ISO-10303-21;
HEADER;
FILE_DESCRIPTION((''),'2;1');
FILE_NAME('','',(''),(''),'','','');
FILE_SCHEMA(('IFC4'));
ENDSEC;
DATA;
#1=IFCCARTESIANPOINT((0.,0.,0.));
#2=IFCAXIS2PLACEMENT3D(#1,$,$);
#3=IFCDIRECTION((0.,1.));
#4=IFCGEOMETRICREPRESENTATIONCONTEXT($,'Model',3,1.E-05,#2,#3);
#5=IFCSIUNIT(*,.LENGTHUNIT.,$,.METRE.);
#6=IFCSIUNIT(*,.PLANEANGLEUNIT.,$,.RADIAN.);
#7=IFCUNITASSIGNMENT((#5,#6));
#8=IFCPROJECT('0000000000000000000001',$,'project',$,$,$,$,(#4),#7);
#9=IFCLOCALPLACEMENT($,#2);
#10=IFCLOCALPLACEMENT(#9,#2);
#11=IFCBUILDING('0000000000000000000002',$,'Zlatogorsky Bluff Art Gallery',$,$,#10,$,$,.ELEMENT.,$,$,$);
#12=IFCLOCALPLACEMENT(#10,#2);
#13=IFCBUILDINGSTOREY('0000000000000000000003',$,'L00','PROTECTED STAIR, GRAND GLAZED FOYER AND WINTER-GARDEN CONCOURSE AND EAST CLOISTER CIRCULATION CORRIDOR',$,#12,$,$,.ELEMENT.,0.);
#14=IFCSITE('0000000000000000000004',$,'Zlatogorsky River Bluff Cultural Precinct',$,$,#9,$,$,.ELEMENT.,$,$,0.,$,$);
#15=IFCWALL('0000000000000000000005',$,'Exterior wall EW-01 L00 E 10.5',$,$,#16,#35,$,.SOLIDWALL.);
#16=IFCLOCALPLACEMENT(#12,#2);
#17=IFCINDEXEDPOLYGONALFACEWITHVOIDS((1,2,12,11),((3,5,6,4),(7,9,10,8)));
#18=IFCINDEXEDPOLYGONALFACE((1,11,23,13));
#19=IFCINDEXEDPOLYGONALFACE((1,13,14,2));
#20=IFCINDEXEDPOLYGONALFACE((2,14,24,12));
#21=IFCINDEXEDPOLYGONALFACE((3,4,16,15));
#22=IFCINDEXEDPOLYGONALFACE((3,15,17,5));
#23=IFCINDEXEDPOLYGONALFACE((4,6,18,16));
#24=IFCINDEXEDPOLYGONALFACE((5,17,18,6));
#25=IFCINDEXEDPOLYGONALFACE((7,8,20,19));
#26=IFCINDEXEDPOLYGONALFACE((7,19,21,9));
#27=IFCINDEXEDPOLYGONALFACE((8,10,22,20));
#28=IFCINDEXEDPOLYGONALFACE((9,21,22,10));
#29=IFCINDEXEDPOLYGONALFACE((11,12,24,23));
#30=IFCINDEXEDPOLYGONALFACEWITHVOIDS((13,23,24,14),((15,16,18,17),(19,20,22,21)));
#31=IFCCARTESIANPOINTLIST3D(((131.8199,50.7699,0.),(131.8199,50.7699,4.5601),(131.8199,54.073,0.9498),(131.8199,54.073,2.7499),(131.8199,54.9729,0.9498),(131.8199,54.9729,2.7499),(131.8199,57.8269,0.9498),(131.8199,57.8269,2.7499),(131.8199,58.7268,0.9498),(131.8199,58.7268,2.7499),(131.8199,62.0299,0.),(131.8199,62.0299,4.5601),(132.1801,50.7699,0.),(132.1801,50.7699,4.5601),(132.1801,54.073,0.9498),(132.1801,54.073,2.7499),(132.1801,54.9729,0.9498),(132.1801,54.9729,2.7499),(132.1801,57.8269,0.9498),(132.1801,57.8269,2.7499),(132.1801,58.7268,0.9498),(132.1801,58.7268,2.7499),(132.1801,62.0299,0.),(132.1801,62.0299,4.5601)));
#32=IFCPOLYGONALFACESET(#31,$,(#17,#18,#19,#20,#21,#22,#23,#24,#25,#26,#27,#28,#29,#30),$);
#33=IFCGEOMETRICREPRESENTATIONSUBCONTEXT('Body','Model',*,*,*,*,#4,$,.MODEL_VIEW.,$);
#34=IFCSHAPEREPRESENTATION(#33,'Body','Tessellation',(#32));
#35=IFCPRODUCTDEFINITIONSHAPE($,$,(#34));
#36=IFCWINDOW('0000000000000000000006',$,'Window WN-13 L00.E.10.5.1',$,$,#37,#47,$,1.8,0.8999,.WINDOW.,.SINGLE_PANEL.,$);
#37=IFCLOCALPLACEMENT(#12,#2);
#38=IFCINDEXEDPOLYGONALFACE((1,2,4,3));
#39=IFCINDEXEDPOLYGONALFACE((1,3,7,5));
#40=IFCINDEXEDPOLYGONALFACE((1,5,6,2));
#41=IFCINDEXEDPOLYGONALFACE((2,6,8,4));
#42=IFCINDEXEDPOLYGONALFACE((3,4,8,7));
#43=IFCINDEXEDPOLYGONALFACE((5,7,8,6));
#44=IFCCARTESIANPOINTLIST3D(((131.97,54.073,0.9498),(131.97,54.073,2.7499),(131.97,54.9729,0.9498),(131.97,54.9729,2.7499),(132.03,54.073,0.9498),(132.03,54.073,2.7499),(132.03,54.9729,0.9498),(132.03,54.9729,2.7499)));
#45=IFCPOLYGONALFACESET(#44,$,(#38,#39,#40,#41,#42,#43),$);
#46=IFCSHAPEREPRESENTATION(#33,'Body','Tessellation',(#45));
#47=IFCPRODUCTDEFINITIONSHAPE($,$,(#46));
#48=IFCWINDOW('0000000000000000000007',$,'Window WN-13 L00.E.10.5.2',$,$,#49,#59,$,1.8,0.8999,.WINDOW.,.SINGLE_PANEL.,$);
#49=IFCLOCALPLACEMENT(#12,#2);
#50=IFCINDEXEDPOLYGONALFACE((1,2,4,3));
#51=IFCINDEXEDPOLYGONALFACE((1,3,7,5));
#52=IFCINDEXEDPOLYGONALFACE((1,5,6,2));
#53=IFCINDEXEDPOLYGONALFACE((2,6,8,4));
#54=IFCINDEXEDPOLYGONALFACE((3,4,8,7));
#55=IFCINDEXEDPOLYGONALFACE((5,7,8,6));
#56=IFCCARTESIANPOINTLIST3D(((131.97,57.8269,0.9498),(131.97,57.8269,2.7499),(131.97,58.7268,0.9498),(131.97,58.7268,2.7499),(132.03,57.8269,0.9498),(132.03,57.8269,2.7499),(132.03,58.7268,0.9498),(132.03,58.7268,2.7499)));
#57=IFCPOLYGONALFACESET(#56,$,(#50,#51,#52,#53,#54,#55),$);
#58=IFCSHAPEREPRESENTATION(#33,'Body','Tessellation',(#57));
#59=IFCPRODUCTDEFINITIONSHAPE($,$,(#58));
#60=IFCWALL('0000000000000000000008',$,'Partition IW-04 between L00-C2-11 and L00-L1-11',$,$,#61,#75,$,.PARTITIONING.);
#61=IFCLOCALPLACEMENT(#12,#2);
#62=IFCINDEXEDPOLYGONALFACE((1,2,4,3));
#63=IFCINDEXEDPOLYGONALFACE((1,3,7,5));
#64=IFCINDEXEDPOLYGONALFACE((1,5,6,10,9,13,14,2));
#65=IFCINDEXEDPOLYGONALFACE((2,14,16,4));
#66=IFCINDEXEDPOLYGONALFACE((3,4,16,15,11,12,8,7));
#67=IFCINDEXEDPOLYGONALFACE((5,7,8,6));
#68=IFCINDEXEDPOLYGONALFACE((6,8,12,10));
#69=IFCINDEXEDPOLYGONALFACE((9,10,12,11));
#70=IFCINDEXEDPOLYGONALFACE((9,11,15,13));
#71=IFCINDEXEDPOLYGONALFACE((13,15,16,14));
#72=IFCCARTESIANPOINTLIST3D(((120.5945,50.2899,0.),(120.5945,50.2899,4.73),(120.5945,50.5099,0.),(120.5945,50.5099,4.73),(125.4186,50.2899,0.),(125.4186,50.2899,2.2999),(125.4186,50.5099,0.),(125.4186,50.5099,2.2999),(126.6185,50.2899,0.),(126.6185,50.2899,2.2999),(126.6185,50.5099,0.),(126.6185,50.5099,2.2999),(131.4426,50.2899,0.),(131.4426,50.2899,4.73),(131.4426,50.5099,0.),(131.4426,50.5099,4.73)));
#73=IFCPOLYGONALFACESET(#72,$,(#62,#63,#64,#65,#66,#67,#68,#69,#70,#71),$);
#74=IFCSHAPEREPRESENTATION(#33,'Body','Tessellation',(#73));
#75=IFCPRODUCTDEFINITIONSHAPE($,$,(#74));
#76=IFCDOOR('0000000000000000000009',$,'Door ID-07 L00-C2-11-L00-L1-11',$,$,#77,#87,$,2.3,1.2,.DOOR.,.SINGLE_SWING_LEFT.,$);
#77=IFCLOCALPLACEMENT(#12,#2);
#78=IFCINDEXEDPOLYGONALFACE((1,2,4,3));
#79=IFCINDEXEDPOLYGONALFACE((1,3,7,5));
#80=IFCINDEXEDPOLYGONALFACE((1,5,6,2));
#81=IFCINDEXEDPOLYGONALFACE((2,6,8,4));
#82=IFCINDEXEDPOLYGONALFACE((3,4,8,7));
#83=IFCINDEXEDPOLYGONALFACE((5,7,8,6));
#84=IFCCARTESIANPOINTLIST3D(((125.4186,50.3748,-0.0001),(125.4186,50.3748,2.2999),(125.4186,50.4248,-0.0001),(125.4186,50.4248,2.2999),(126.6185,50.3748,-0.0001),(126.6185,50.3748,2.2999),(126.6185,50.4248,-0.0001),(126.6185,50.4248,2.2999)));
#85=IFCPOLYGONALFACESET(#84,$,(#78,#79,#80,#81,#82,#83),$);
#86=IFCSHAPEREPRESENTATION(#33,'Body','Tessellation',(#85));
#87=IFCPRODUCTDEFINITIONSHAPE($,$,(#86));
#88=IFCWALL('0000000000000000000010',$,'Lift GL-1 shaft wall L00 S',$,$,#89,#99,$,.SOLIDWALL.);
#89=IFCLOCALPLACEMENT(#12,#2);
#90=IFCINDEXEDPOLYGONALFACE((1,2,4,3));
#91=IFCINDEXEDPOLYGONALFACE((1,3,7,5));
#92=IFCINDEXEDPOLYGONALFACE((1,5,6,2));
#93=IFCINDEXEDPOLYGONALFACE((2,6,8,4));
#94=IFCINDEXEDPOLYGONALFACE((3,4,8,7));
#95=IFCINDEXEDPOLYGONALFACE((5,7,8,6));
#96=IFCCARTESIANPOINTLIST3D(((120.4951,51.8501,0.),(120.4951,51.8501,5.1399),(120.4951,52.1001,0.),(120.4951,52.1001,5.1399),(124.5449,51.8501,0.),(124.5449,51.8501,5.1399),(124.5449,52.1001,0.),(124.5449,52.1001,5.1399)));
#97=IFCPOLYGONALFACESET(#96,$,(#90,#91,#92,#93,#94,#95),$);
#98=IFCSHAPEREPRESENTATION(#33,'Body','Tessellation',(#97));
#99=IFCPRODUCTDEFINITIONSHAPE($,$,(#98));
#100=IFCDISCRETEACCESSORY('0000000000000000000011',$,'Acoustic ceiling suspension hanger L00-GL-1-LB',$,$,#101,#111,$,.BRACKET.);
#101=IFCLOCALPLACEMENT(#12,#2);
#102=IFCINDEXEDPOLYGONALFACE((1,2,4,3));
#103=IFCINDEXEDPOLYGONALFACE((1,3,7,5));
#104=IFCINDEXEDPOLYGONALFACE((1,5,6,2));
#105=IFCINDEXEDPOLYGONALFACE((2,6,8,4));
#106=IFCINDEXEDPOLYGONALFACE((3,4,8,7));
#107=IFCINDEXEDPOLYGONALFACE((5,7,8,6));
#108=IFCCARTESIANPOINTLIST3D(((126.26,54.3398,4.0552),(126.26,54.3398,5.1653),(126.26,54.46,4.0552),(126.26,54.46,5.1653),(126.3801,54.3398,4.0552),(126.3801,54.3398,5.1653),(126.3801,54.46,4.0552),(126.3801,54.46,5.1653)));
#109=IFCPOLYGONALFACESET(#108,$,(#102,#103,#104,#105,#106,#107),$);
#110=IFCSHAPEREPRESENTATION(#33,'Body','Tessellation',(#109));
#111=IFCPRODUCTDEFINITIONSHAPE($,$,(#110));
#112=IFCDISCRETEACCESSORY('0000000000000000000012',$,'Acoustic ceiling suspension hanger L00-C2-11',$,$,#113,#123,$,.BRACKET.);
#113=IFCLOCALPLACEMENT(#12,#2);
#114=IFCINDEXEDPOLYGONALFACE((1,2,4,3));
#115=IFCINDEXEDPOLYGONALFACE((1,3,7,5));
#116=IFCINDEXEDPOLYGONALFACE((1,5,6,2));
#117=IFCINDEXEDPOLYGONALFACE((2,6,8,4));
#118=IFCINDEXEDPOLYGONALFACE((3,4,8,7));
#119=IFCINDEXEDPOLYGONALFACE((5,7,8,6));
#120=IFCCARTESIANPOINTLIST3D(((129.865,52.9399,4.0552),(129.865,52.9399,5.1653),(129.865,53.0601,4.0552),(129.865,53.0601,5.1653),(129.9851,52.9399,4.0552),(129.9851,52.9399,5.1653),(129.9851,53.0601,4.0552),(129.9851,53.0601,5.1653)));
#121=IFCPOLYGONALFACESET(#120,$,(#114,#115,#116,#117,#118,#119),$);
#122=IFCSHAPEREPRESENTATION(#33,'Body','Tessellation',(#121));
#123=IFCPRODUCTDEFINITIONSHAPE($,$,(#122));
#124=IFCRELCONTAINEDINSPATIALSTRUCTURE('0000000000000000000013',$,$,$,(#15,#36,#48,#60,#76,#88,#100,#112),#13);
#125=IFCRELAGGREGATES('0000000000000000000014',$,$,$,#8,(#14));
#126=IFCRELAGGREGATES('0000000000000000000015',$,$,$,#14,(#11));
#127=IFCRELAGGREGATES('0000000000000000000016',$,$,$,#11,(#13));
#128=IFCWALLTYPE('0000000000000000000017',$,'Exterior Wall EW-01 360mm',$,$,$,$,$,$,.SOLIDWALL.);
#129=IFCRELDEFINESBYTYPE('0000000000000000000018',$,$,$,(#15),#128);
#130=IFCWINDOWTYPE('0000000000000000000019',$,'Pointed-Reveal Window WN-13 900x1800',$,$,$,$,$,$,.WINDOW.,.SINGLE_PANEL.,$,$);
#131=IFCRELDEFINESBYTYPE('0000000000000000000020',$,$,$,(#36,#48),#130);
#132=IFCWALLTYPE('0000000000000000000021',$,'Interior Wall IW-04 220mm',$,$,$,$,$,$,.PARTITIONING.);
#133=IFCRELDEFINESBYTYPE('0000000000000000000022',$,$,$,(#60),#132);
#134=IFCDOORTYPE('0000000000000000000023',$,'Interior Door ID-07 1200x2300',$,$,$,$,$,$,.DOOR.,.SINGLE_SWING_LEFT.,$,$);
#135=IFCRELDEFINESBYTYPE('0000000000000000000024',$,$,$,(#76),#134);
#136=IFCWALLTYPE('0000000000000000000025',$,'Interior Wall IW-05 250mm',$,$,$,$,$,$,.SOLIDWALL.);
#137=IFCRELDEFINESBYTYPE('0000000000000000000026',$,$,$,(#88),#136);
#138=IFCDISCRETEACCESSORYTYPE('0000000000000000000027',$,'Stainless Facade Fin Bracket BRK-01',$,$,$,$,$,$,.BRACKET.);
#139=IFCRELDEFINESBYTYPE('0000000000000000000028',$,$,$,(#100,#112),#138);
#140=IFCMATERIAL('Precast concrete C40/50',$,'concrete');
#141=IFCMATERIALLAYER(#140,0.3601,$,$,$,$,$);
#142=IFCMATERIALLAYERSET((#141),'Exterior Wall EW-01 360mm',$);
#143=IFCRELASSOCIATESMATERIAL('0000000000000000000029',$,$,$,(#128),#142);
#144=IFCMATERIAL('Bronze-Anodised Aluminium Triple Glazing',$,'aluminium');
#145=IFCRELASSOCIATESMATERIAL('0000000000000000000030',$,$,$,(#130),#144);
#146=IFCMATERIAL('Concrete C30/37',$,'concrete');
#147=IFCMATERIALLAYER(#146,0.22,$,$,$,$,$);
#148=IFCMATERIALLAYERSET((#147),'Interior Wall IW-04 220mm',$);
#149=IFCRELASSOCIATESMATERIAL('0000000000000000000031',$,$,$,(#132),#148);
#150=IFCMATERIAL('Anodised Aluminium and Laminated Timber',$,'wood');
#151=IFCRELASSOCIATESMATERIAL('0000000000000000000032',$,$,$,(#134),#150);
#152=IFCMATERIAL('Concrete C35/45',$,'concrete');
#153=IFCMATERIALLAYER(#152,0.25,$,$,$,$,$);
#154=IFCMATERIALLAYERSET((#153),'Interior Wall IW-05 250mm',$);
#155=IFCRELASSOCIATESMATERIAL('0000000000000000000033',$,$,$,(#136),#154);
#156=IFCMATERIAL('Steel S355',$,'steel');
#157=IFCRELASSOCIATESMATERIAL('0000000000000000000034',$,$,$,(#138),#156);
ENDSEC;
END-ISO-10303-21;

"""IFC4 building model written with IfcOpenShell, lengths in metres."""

from ifc_helpers import new_model, si_unit, direction, frame, frame_2d, origin, origin_2d, place, context, subcontext, project, spatial, rectangle, extrude, material, layer, layer_set, type_object, element, fill, save


model = new_model("IFC4")

# Units and contexts
model_context = context("Model", 3, precision=1e-05, world=origin(), true_north=direction((0.0, 1.0)))
body_context = subcontext(model_context, "Body", "Model", "MODEL_VIEW")
ifc_project = project(units=[si_unit("LENGTHUNIT", "METRE"), si_unit("PLANEANGLEUNIT", "RADIAN")], contexts=[model_context])

# Site, building, storey
site_placement = place(None, origin())
site = spatial("IfcSite", under=ifc_project, at=site_placement, Name="Zlatogorsky River Bluff Cultural Precinct", CompositionType="ELEMENT", RefElevation=0.0)
building_placement = place(site_placement, origin())
building = spatial("IfcBuilding", under=site, at=building_placement, Name="Zlatogorsky Bluff Art Gallery", CompositionType="ELEMENT")
storey_placement = place(building_placement, origin())
storey = spatial("IfcBuildingStorey", under=building, at=storey_placement, Name="L00", Description="PROTECTED STAIR, GRAND GLAZED FOYER AND WINTER-GARDEN CONCOURSE AND EAST CLOISTER CIRCULATION CORRIDOR", CompositionType="ELEMENT", Elevation=0.0)

# Shared definitions
ifc_material_1 = material(Name="Concrete C35/45", Category="concrete")

# Shared definitions
ifc_material_2 = material(Name="Steel S355", Category="steel")

# Wall, openings, windows
ifc_material_3 = material(Name="Precast concrete C40/50", Category="concrete")
ifc_layer_1 = layer(ifc_material_3, 0.3601)
ifc_layer_set_1 = layer_set([ifc_layer_1], Name="Exterior Wall EW-01 360mm")
wall_type_1 = type_object("IfcWallType", Name="Exterior Wall EW-01 360mm", PredefinedType="SOLIDWALL", material=ifc_layer_set_1)
wall_1_placement = place(storey_placement, frame((132.0, 50.77, 0.0), z_axis=(0.0, 0.0, 1.0), x_axis=(0.0, 1.0, 0.0)))
wall_1 = element("IfcWall", 1, at=wall_1_placement, inside=storey, type_object=wall_type_1, Name="Exterior wall EW-01 L00 E 10.5", PredefinedType="SOLIDWALL", context=body_context, shape_type="SweptSolid", body=[
    extrude(rectangle(XDim=11.26, YDim=0.3601, at=frame_2d((5.6299, 0.0))), origin(), (0.0, 0.0, 1.0), 4.5601),
])
opening_1_placement = place(wall_1_placement, frame((3.303, 0.0, 0.95)))
opening_1 = element("IfcOpeningElement", 2, at=opening_1_placement, cuts=wall_1, PredefinedType="OPENING", context=body_context, shape_type="SweptSolid", body=[
    extrude(rectangle(XDim=0.8999, YDim=1.8, at=frame_2d((0.45, 0.8999))), frame((0.0, 0.1899, 0.0), z_axis=(0.0, -1.0, 0.0), x_axis=(1.0, 0.0, 0.0)), (0.0, 0.0, 1.0), 0.3801),
])
opening_2_placement = place(wall_1_placement, frame((7.0569, 0.0, 0.95)))
opening_2 = element("IfcOpeningElement", 3, at=opening_2_placement, cuts=wall_1, PredefinedType="OPENING", context=body_context, shape_type="SweptSolid", body=[
    extrude(rectangle(XDim=0.8999, YDim=1.8, at=frame_2d((0.45, 0.8999))), frame((0.0, 0.1899, 0.0), z_axis=(0.0, -1.0, 0.0), x_axis=(1.0, 0.0, 0.0)), (0.0, 0.0, 1.0), 0.3801),
])
ifc_material_4 = material(Name="Bronze-Anodised Aluminium Triple Glazing", Category="aluminium")
window_type = type_object("IfcWindowType", Name="Pointed-Reveal Window WN-13 900x1800", PartitioningType="SINGLE_PANEL", PredefinedType="WINDOW", material=ifc_material_4)
window_1_placement = place(opening_1_placement, origin())
window_1 = element("IfcWindow", 4, at=window_1_placement, inside=storey, type_object=window_type, Name="Window WN-13 L00.E.10.5.1", OverallHeight=1.8, OverallWidth=0.8999, PartitioningType="SINGLE_PANEL", PredefinedType="WINDOW", context=body_context, shape_type="SweptSolid", body=[
    extrude(rectangle(XDim=0.8999, YDim=1.8, at=frame_2d((0.45, 0.8999))), frame((0.0, 0.03, 0.0), z_axis=(0.0, -1.0, 0.0), x_axis=(1.0, 0.0, 0.0)), (0.0, 0.0, 1.0), 0.0601),
])
fill(opening_1, window_1)
window_2_placement = place(opening_2_placement, origin())
window_2 = element("IfcWindow", 5, at=window_2_placement, inside=storey, type_object=window_type, Name="Window WN-13 L00.E.10.5.2", OverallHeight=1.8, OverallWidth=0.8999, PartitioningType="SINGLE_PANEL", PredefinedType="WINDOW", context=body_context, shape_type="SweptSolid", body=[
    extrude(rectangle(XDim=0.8999, YDim=1.8, at=frame_2d((0.45, 0.8999))), frame((0.0, 0.03, 0.0), z_axis=(0.0, -1.0, 0.0), x_axis=(1.0, 0.0, 0.0)), (0.0, 0.0, 1.0), 0.0601),
])
fill(opening_2, window_2)

# Wall, opening, door
ifc_material_5 = material(Name="Concrete C30/37", Category="concrete")
ifc_layer_2 = layer(ifc_material_5, 0.22)
ifc_layer_set_2 = layer_set([ifc_layer_2], Name="Interior Wall IW-04 220mm")
wall_type_2 = type_object("IfcWallType", Name="Interior Wall IW-04 220mm", PredefinedType="PARTITIONING", material=ifc_layer_set_2)
wall_2_placement = place(storey_placement, frame((120.5945, 50.3999, 0.0), z_axis=(0.0, 0.0, 1.0), x_axis=(1.0, 0.0, 0.0)))
wall_2 = element("IfcWall", 6, at=wall_2_placement, inside=storey, type_object=wall_type_2, Name="Partition IW-04 between L00-C2-11 and L00-L1-11", PredefinedType="PARTITIONING", context=body_context, shape_type="SweptSolid", body=[
    extrude(rectangle(XDim=10.8481, YDim=0.22, at=frame_2d((5.4241, 0.0))), origin(), (0.0, 0.0, 1.0), 4.73),
])
opening_3_placement = place(wall_2_placement, frame((4.824, 0.0, 0.0)))
opening_3 = element("IfcOpeningElement", 7, at=opening_3_placement, cuts=wall_2, PredefinedType="OPENING", context=body_context, shape_type="SweptSolid", body=[
    extrude(rectangle(XDim=1.2, YDim=2.3, at=frame_2d((0.6001, 1.1499))), frame((0.0, 0.1199, 0.0), z_axis=(0.0, -1.0, 0.0), x_axis=(1.0, 0.0, 0.0)), (0.0, 0.0, 1.0), 0.24),
])
ifc_material_6 = material(Name="Anodised Aluminium and Laminated Timber", Category="wood")
door_type_1 = type_object("IfcDoorType", Name="Interior Door ID-07 1200x2300", OperationType="SINGLE_SWING_LEFT", PredefinedType="DOOR", material=ifc_material_6)
door_1_placement = place(opening_3_placement, origin())
door_1 = element("IfcDoor", 8, at=door_1_placement, inside=storey, type_object=door_type_1, Name="Door ID-07 L00-C2-11-L00-L1-11", OperationType="SINGLE_SWING_LEFT", OverallHeight=2.3, OverallWidth=1.2, PredefinedType="DOOR", context=body_context, shape_type="SweptSolid", body=[
    extrude(rectangle(XDim=1.2, YDim=2.3, at=frame_2d((0.6001, 1.1499))), frame((0.0, 0.0249, 0.0), z_axis=(0.0, -1.0, 0.0), x_axis=(1.0, 0.0, 0.0)), (0.0, 0.0, 1.0), 0.05),
])
fill(opening_3, door_1)

# Wall
ifc_layer_3 = layer(ifc_material_1, 0.25)
ifc_layer_set_3 = layer_set([ifc_layer_3], Name="Interior Wall IW-05 250mm")
wall_type_3 = type_object("IfcWallType", Name="Interior Wall IW-05 250mm", PredefinedType="SOLIDWALL", material=ifc_layer_set_3)
wall_3_placement = place(storey_placement, frame((120.4951, 51.9751, 0.0), z_axis=(0.0, 0.0, 1.0), x_axis=(1.0, 0.0, 0.0)))
element("IfcWall", 9, at=wall_3_placement, inside=storey, type_object=wall_type_3, Name="Lift GL-1 shaft wall L00 S", PredefinedType="SOLIDWALL", context=body_context, shape_type="SweptSolid", body=[
    extrude(rectangle(XDim=4.0498, YDim=0.25, at=frame_2d((2.0249, 0.0))), origin(), (0.0, 0.0, 1.0), 5.1399),
])

# Discrete accessories
discrete_accessory_type = type_object("IfcDiscreteAccessoryType", Name="Stainless Facade Fin Bracket BRK-01", PredefinedType="BRACKET", material=ifc_material_2)
for number, where, z_axis, x_axis, name in (
    (10, (126.3201, 54.3999, 4.0552), (0.0, 0.0, 1.0), (1.0, 0.0, 0.0), "Acoustic ceiling suspension hanger L00-GL-1-LB"),
    (11, (129.925, 53.0, 4.0552), (0.0, 0.0, 1.0), (1.0, 0.0, 0.0), "Acoustic ceiling suspension hanger L00-C2-11"),
):
    element("IfcDiscreteAccessory", number, at=place(storey_placement, frame(where, z_axis=z_axis, x_axis=x_axis)), inside=storey, type_object=discrete_accessory_type, Name=name, PredefinedType="BRACKET", context=body_context, shape_type="SweptSolid", body=[
        extrude(rectangle(XDim=0.1201, YDim=0.1201, at=origin_2d()), origin(), (0.0, 0.0, 1.0), 1.1101),
    ])

save(model, "model.ifc")
